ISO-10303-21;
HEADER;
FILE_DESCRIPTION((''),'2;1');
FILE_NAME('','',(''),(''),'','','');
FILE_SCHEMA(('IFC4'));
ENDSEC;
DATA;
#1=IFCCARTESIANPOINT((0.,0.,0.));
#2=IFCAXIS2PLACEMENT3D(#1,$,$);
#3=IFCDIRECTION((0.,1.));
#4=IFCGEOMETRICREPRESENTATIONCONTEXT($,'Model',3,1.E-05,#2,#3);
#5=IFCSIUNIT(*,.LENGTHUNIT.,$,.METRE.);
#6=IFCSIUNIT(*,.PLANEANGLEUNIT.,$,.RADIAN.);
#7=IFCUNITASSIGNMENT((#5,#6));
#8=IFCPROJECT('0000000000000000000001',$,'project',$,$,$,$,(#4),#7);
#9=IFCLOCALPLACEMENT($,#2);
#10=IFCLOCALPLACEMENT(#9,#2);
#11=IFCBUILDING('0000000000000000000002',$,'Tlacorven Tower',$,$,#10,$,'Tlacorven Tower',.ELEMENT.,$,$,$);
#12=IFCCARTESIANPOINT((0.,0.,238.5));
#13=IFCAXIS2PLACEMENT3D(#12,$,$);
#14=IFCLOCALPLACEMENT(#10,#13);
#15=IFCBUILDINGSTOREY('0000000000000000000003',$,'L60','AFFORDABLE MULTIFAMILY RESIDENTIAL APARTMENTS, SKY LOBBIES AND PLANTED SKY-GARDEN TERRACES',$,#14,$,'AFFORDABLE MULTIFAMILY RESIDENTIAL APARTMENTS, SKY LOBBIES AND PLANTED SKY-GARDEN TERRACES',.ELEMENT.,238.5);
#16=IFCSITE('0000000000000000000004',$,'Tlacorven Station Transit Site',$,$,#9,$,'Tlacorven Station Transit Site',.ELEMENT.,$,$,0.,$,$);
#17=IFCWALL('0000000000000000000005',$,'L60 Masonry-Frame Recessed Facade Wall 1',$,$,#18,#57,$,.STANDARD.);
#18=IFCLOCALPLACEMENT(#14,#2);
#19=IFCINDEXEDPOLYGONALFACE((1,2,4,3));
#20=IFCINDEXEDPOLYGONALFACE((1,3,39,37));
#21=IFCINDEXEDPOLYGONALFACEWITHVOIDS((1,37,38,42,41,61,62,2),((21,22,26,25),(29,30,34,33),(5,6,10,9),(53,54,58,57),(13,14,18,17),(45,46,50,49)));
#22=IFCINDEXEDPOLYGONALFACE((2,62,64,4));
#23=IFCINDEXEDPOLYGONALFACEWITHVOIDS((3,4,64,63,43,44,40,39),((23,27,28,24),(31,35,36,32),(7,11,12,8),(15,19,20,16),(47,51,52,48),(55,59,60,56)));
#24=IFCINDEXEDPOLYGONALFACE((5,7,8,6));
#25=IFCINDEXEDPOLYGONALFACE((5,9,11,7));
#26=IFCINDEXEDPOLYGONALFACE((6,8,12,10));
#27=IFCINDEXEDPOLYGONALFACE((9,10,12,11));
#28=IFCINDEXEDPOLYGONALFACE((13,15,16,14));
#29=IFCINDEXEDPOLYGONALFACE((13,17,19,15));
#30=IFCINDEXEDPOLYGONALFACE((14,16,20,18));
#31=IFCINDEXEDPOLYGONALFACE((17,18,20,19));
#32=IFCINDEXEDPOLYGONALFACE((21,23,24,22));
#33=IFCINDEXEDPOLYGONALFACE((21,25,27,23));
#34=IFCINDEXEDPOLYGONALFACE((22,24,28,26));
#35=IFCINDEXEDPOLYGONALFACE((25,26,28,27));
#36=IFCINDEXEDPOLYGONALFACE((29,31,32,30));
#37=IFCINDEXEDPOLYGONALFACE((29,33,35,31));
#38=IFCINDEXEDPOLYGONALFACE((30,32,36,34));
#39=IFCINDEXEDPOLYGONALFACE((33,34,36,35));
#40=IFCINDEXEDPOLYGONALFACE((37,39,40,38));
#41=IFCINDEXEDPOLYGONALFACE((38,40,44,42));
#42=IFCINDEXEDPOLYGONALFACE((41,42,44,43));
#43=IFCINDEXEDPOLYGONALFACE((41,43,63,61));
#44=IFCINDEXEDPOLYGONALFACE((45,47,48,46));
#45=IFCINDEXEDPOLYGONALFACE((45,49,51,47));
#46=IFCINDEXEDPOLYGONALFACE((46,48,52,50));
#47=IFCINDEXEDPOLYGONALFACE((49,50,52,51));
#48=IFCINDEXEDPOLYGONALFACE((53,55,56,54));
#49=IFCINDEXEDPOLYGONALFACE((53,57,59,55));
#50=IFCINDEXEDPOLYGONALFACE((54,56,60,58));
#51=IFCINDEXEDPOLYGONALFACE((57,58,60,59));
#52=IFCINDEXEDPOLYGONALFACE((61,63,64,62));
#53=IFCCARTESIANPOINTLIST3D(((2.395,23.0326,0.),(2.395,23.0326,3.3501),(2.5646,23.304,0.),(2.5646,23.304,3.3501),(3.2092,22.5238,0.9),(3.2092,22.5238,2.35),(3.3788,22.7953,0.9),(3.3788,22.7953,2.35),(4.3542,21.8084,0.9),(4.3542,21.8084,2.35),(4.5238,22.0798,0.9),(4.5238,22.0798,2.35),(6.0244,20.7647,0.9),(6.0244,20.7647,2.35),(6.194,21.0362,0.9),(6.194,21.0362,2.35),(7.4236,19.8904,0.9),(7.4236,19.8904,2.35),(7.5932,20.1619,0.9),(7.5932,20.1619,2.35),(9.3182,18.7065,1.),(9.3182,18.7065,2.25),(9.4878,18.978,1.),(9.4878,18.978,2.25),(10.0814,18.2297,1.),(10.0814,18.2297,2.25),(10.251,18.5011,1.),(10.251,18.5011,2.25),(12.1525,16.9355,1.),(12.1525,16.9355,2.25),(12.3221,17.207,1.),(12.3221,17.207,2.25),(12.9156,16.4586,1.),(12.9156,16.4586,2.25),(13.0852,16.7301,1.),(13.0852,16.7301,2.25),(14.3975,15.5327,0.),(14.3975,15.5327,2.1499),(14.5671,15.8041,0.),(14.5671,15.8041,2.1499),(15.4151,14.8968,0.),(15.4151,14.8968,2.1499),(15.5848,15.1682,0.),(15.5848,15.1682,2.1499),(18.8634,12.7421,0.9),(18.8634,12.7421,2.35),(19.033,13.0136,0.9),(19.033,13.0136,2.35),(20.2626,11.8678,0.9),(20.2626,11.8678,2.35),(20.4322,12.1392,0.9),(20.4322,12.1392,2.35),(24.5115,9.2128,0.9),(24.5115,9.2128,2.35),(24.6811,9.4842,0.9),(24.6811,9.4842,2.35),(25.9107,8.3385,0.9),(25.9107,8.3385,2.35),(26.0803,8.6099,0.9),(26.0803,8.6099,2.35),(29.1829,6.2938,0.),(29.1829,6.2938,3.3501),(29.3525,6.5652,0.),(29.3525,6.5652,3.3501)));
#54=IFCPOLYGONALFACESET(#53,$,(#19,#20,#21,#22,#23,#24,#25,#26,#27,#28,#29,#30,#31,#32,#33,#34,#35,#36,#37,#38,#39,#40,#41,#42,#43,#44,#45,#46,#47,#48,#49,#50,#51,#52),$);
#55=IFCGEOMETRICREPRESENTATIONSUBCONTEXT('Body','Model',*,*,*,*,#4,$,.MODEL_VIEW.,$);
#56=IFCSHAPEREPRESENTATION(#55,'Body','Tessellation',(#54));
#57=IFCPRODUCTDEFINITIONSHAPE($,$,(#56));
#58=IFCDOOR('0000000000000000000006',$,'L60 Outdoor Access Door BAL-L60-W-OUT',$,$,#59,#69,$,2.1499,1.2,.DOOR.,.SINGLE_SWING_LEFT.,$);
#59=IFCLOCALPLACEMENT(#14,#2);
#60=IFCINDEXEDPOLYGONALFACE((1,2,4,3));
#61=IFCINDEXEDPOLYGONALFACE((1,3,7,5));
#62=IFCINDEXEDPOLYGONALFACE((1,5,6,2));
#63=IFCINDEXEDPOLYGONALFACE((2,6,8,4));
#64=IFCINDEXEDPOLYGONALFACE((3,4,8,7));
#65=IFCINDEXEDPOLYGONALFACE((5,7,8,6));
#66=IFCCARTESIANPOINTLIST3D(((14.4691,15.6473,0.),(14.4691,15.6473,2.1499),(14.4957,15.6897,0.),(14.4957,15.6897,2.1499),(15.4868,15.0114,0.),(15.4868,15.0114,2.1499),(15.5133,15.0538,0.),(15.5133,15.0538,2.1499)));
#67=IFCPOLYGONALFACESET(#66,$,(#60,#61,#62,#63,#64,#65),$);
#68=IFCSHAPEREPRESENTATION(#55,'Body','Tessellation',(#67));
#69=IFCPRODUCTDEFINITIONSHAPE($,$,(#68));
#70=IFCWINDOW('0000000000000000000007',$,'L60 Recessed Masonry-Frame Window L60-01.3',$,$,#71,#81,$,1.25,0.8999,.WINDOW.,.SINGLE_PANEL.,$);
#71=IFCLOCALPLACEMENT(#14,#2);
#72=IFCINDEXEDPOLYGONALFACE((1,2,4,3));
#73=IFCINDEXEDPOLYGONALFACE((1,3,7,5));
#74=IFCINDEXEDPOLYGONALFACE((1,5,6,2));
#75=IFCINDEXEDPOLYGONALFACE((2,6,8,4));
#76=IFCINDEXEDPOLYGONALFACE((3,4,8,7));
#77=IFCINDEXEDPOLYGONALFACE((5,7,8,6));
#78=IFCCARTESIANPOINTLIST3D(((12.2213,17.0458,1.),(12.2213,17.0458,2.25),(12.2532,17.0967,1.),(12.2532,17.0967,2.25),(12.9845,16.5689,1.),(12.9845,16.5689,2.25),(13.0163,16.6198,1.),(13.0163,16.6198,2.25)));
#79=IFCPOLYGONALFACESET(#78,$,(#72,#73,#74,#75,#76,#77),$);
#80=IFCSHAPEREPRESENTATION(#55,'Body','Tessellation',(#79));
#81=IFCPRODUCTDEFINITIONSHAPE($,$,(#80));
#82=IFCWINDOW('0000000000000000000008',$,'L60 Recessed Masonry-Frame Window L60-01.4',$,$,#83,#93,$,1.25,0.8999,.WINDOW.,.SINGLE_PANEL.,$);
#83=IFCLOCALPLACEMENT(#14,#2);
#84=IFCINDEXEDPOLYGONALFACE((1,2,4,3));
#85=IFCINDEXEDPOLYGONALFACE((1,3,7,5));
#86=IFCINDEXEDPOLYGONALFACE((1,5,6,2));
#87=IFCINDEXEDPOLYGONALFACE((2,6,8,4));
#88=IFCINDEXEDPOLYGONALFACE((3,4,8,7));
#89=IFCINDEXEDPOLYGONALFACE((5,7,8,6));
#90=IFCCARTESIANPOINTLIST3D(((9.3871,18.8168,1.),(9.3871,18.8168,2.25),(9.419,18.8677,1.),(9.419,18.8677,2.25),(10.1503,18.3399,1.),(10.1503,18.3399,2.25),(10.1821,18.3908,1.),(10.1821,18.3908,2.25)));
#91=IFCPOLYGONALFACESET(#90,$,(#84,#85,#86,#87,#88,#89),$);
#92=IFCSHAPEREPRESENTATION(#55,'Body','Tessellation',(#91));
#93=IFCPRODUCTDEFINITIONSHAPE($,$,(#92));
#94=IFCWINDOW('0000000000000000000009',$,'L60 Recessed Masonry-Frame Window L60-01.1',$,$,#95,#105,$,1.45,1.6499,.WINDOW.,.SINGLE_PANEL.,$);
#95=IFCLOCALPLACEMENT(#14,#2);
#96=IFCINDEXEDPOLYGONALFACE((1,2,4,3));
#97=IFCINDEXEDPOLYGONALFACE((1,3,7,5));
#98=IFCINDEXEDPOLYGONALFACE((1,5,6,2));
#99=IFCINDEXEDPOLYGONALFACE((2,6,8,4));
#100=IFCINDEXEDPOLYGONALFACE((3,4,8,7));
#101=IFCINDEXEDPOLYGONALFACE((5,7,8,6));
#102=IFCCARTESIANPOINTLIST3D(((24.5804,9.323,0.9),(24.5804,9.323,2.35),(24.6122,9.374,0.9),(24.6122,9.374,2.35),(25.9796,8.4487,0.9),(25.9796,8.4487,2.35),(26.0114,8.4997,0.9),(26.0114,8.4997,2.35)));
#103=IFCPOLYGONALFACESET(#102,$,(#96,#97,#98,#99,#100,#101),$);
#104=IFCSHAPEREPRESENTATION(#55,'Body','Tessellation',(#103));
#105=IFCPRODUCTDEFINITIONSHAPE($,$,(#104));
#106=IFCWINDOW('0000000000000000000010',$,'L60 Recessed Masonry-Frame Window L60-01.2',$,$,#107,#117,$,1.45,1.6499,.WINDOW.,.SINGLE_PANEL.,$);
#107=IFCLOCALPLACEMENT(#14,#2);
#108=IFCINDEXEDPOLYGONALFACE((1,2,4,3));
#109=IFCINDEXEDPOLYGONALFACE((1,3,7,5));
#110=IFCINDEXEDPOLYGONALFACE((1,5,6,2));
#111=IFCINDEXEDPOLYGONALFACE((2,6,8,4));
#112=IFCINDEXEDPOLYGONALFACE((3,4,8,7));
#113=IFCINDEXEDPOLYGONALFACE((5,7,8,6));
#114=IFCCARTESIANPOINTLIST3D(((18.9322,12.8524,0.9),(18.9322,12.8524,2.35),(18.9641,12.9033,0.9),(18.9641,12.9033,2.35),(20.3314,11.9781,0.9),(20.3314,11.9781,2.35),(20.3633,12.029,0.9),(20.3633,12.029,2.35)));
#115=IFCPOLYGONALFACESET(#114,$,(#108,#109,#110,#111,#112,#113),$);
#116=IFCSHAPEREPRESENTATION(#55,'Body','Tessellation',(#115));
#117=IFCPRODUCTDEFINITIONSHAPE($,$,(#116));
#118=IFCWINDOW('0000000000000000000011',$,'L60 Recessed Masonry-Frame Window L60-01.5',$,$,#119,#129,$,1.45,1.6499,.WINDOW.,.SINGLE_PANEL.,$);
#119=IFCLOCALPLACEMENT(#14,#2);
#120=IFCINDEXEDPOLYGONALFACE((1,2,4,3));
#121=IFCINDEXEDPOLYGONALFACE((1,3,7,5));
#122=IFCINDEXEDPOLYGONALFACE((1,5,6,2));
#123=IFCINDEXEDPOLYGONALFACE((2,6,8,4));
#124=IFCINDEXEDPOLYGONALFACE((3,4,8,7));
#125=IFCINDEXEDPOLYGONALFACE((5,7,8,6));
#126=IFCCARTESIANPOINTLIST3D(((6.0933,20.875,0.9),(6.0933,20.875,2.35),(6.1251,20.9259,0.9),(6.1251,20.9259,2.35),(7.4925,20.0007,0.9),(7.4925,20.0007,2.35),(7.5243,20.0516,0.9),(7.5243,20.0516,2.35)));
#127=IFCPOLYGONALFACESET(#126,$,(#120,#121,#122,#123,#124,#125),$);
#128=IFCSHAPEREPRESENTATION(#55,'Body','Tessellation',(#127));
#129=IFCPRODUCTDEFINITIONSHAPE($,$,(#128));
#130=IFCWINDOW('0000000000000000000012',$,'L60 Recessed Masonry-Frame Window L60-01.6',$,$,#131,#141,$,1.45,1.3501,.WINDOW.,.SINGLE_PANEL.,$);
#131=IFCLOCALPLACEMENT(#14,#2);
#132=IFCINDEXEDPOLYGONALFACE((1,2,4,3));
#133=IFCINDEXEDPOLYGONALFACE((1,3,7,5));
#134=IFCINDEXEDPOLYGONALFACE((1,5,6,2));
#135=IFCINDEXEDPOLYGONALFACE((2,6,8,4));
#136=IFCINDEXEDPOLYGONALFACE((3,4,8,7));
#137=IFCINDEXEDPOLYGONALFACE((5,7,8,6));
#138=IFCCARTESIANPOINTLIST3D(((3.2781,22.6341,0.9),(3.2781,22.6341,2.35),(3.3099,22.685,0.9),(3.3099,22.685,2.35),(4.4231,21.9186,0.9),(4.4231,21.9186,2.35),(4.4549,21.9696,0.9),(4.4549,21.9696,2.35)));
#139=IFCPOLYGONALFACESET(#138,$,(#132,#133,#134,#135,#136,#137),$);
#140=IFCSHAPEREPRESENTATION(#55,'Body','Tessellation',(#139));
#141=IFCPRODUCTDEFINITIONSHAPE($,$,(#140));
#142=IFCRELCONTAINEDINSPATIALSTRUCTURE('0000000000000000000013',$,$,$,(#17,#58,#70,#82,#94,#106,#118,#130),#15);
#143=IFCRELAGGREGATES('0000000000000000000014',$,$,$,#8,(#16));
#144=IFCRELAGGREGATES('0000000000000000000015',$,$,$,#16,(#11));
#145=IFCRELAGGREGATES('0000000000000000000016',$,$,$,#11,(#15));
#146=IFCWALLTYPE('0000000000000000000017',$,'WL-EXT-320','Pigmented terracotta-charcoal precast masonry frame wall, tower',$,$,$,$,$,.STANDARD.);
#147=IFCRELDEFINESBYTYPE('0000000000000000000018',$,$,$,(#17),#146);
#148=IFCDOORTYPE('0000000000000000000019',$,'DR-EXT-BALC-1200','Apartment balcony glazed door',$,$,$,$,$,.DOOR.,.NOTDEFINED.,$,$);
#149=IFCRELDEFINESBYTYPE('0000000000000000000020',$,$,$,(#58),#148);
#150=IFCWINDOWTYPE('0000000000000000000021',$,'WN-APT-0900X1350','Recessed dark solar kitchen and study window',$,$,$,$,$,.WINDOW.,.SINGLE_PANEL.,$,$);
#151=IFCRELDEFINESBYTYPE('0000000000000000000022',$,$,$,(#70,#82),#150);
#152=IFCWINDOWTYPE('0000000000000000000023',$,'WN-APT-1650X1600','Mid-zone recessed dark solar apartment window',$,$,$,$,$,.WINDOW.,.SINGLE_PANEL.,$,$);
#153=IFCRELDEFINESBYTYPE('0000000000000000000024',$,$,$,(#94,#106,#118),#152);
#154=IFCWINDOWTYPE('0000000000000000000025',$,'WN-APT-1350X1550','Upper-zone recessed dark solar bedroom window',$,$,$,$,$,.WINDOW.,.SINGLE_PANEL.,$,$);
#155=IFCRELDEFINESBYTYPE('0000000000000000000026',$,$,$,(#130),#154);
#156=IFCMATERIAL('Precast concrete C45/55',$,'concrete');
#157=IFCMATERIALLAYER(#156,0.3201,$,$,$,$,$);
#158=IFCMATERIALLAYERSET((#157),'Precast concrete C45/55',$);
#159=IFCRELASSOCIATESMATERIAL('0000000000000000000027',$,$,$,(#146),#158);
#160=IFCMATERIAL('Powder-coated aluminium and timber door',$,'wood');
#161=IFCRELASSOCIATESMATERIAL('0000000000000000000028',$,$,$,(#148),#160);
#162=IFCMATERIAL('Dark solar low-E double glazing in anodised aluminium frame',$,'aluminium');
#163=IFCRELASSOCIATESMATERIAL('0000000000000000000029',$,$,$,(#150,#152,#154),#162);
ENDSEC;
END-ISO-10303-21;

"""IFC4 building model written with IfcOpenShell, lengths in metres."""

from ifc_helpers import new_model, si_unit, direction, frame, frame_2d, origin, place, context, subcontext, project, spatial, rectangle, extrude, source, transform, mapped, material, layer, layer_set, type_object, element, fill, save


model = new_model("IFC4")

# Units and contexts
model_context = context("Model", 3, precision=1e-05, world=origin(), true_north=direction((0.0, 1.0)))
body_context = subcontext(model_context, "Body", "Model", "MODEL_VIEW")
ifc_project = project(units=[si_unit("LENGTHUNIT", "METRE"), si_unit("PLANEANGLEUNIT", "RADIAN")], contexts=[model_context])

# Site, building, storey
site_placement = place(None, origin())
site = spatial("IfcSite", under=ifc_project, at=site_placement, Name="Tlacorven Station Transit Site", LongName="Tlacorven Station Transit Site", CompositionType="ELEMENT", RefElevation=0.0)
building_placement = place(site_placement, origin())
building = spatial("IfcBuilding", under=site, at=building_placement, Name="Tlacorven Tower", LongName="Tlacorven Tower", CompositionType="ELEMENT")
storey_placement = place(building_placement, frame((0.0, 0.0, 238.5)))
storey = spatial("IfcBuildingStorey", under=building, at=storey_placement, Name="L60", Description="AFFORDABLE MULTIFAMILY RESIDENTIAL APARTMENTS, SKY LOBBIES AND PLANTED SKY-GARDEN TERRACES", LongName="AFFORDABLE MULTIFAMILY RESIDENTIAL APARTMENTS, SKY LOBBIES AND PLANTED SKY-GARDEN TERRACES", CompositionType="ELEMENT", Elevation=238.5)

# Wall, openings, door, windows
ifc_material_1 = material(Name="Precast concrete C45/55", Category="concrete")
ifc_layer_1 = layer(ifc_material_1, 0.3201)
ifc_layer_set_1 = layer_set([ifc_layer_1], Name="Precast concrete C45/55")
wall_type_1 = type_object("IfcWallType", Name="WL-EXT-320", Description="Pigmented terracotta-charcoal precast masonry frame wall, tower", PredefinedType="STANDARD", material=ifc_layer_set_1)
wall_1_placement = place(storey_placement, frame((29.2678, 6.4294, 0.0), z_axis=(0.0, 0.0, 1.0), x_axis=(-0.84805, 0.529916, 0.0)))
wall_1 = element("IfcWall", 1, at=wall_1_placement, inside=storey, type_object=wall_type_1, Name="L60 Masonry-Frame Recessed Facade Wall 1", PredefinedType="STANDARD", context=body_context, shape_type="SweptSolid", body=[
    extrude(rectangle(XDim=31.5876, YDim=0.3201, at=frame_2d((15.7939, 0.0))), origin(), (0.0, 0.0, 1.0), 3.3501),
])
opening_1_placement = place(wall_1_placement, frame((16.2346, 0.0, 0.0)))
opening_1 = element("IfcOpeningElement", 2, at=opening_1_placement, cuts=wall_1, PredefinedType="OPENING", context=body_context, shape_type="SweptSolid", body=[
    extrude(rectangle(XDim=1.2, YDim=2.1499, at=frame_2d((0.6001, 1.075))), frame((0.0, 0.1699, 0.0), z_axis=(0.0, -1.0, 0.0), x_axis=(1.0, 0.0, 0.0)), (0.0, 0.0, 1.0), 0.3401),
])
opening_2_placement = place(wall_1_placement, frame((3.8586, 0.0, 0.8999)))
opening_2 = element("IfcOpeningElement", 3, at=opening_2_placement, cuts=wall_1, PredefinedType="OPENING", context=body_context, shape_type="SweptSolid", body=[
    extrude(rectangle(XDim=1.6499, YDim=1.45, at=frame_2d((0.825, 0.7251))), frame((0.0, 0.1699, 0.0), z_axis=(0.0, -1.0, 0.0), x_axis=(1.0, 0.0, 0.0)), (0.0, 0.0, 1.0), 0.3401),
])
opening_3_placement = place(wall_1_placement, frame((10.5188, 0.0, 0.8999)))
opening_3 = element("IfcOpeningElement", 4, at=opening_3_placement, cuts=wall_1, PredefinedType="OPENING", context=body_context, shape_type="SweptSolid", body=[
    extrude(rectangle(XDim=1.6499, YDim=1.45, at=frame_2d((0.825, 0.7251))), frame((0.0, 0.1699, 0.0), z_axis=(0.0, -1.0, 0.0), x_axis=(1.0, 0.0, 0.0)), (0.0, 0.0, 1.0), 0.3401),
])
opening_4_placement = place(wall_1_placement, frame((19.1821, 0.0, 1.0)))
opening_4 = element("IfcOpeningElement", 5, at=opening_4_placement, cuts=wall_1, PredefinedType="OPENING", context=body_context, shape_type="SweptSolid", body=[
    extrude(rectangle(XDim=0.8999, YDim=1.25, at=frame_2d((0.45, 0.625))), frame((0.0, 0.1699, 0.0), z_axis=(0.0, -1.0, 0.0), x_axis=(1.0, 0.0, 0.0)), (0.0, 0.0, 1.0), 0.3401),
])
opening_5_placement = place(wall_1_placement, frame((22.5242, 0.0, 1.0)))
opening_5 = element("IfcOpeningElement", 6, at=opening_5_placement, cuts=wall_1, PredefinedType="OPENING", context=body_context, shape_type="SweptSolid", body=[
    extrude(rectangle(XDim=0.8999, YDim=1.25, at=frame_2d((0.45, 0.625))), frame((0.0, 0.1699, 0.0), z_axis=(0.0, -1.0, 0.0), x_axis=(1.0, 0.0, 0.0)), (0.0, 0.0, 1.0), 0.3401),
])
opening_6_placement = place(wall_1_placement, frame((25.6582, 0.0, 0.8999)))
opening_6 = element("IfcOpeningElement", 7, at=opening_6_placement, cuts=wall_1, PredefinedType="OPENING", context=body_context, shape_type="SweptSolid", body=[
    extrude(rectangle(XDim=1.6499, YDim=1.45, at=frame_2d((0.825, 0.7251))), frame((0.0, 0.1699, 0.0), z_axis=(0.0, -1.0, 0.0), x_axis=(1.0, 0.0, 0.0)), (0.0, 0.0, 1.0), 0.3401),
])
opening_7_placement = place(wall_1_placement, frame((29.2776, 0.0, 0.8999)))
opening_7 = element("IfcOpeningElement", 8, at=opening_7_placement, cuts=wall_1, PredefinedType="OPENING", context=body_context, shape_type="SweptSolid", body=[
    extrude(rectangle(XDim=1.3501, YDim=1.45, at=frame_2d((0.675, 0.7251))), frame((0.0, 0.1699, 0.0), z_axis=(0.0, -1.0, 0.0), x_axis=(1.0, 0.0, 0.0)), (0.0, 0.0, 1.0), 0.3401),
])
ifc_material_2 = material(Name="Powder-coated aluminium and timber door", Category="wood")
door_type_1 = type_object("IfcDoorType", Name="DR-EXT-BALC-1200", Description="Apartment balcony glazed door", OperationType="NOTDEFINED", PredefinedType="DOOR", material=ifc_material_2)
shared_shape_1 = source(origin(), body_context, "Body", "SweptSolid", [
    extrude(rectangle(XDim=1.2, YDim=2.1499, at=frame_2d((0.6001, 1.075))), frame((0.0, 0.0249, 0.0), z_axis=(0.0, -1.0, 0.0), x_axis=(1.0, 0.0, 0.0)), (0.0, 0.0, 1.0), 0.05),
])
door_1_placement = place(opening_1_placement, origin())
door_1 = element("IfcDoor", 9, at=door_1_placement, inside=storey, type_object=door_type_1, Name="L60 Outdoor Access Door BAL-L60-W-OUT", OperationType="SINGLE_SWING_LEFT", OverallHeight=2.1499, OverallWidth=1.2, PredefinedType="DOOR", context=body_context, shape_type="MappedRepresentation", body=[
    mapped(shared_shape_1, transform((0.0, 0.0, 0.0), scale=1.0)),
])
fill(opening_1, door_1)
ifc_material_3 = material(Name="Dark solar low-E double glazing in anodised aluminium frame", Category="aluminium")
window_type_1 = type_object("IfcWindowType", Name="WN-APT-0900X1350", Description="Recessed dark solar kitchen and study window", PartitioningType="SINGLE_PANEL", PredefinedType="WINDOW", material=ifc_material_3)
shared_shape_2 = source(origin(), body_context, "Body", "SweptSolid", [
    extrude(rectangle(XDim=0.8999, YDim=1.25, at=frame_2d((0.45, 0.625))), frame((0.0, 0.03, 0.0), z_axis=(0.0, -1.0, 0.0), x_axis=(1.0, 0.0, 0.0)), (0.0, 0.0, 1.0), 0.0601),
])
window_1_placement = place(opening_4_placement, origin())
window_1 = element("IfcWindow", 10, at=window_1_placement, inside=storey, type_object=window_type_1, Name="L60 Recessed Masonry-Frame Window L60-01.3", OverallHeight=1.25, OverallWidth=0.8999, PartitioningType="SINGLE_PANEL", PredefinedType="WINDOW", context=body_context, shape_type="MappedRepresentation", body=[
    mapped(shared_shape_2, transform((0.0, 0.0, 0.0), scale=1.0)),
])
fill(opening_4, window_1)
window_2_placement = place(opening_5_placement, origin())
window_2 = element("IfcWindow", 11, at=window_2_placement, inside=storey, type_object=window_type_1, Name="L60 Recessed Masonry-Frame Window L60-01.4", OverallHeight=1.25, OverallWidth=0.8999, PartitioningType="SINGLE_PANEL", PredefinedType="WINDOW", context=body_context, shape_type="MappedRepresentation", body=[
    mapped(shared_shape_2, transform((0.0, 0.0, 0.0), scale=1.0)),
])
fill(opening_5, window_2)
window_type_2 = type_object("IfcWindowType", Name="WN-APT-1650X1600", Description="Mid-zone recessed dark solar apartment window", PartitioningType="SINGLE_PANEL", PredefinedType="WINDOW", material=ifc_material_3)
shared_shape_3 = source(origin(), body_context, "Body", "SweptSolid", [
    extrude(rectangle(XDim=1.6499, YDim=1.45, at=frame_2d((0.825, 0.7251))), frame((0.0, 0.03, 0.0), z_axis=(0.0, -1.0, 0.0), x_axis=(1.0, 0.0, 0.0)), (0.0, 0.0, 1.0), 0.0601),
])
window_3_placement = place(opening_2_placement, origin())
window_3 = element("IfcWindow", 12, at=window_3_placement, inside=storey, type_object=window_type_2, Name="L60 Recessed Masonry-Frame Window L60-01.1", OverallHeight=1.45, OverallWidth=1.6499, PartitioningType="SINGLE_PANEL", PredefinedType="WINDOW", context=body_context, shape_type="MappedRepresentation", body=[
    mapped(shared_shape_3, transform((0.0, 0.0, 0.0), scale=1.0)),
])
fill(opening_2, window_3)
window_4_placement = place(opening_3_placement, origin())
window_4 = element("IfcWindow", 13, at=window_4_placement, inside=storey, type_object=window_type_2, Name="L60 Recessed Masonry-Frame Window L60-01.2", OverallHeight=1.45, OverallWidth=1.6499, PartitioningType="SINGLE_PANEL", PredefinedType="WINDOW", context=body_context, shape_type="MappedRepresentation", body=[
    mapped(shared_shape_3, transform((0.0, 0.0, 0.0), scale=1.0)),
])
fill(opening_3, window_4)
window_5_placement = place(opening_6_placement, origin())
window_5 = element("IfcWindow", 14, at=window_5_placement, inside=storey, type_object=window_type_2, Name="L60 Recessed Masonry-Frame Window L60-01.5", OverallHeight=1.45, OverallWidth=1.6499, PartitioningType="SINGLE_PANEL", PredefinedType="WINDOW", context=body_context, shape_type="MappedRepresentation", body=[
    mapped(shared_shape_3, transform((0.0, 0.0, 0.0), scale=1.0)),
])
fill(opening_6, window_5)
window_type_3 = type_object("IfcWindowType", Name="WN-APT-1350X1550", Description="Upper-zone recessed dark solar bedroom window", PartitioningType="SINGLE_PANEL", PredefinedType="WINDOW", material=ifc_material_3)
shared_shape_4 = source(origin(), body_context, "Body", "SweptSolid", [
    extrude(rectangle(XDim=1.3501, YDim=1.45, at=frame_2d((0.675, 0.7251))), frame((0.0, 0.03, 0.0), z_axis=(0.0, -1.0, 0.0), x_axis=(1.0, 0.0, 0.0)), (0.0, 0.0, 1.0), 0.0601),
])
window_6_placement = place(opening_7_placement, origin())
window_6 = element("IfcWindow", 15, at=window_6_placement, inside=storey, type_object=window_type_3, Name="L60 Recessed Masonry-Frame Window L60-01.6", OverallHeight=1.45, OverallWidth=1.3501, PartitioningType="SINGLE_PANEL", PredefinedType="WINDOW", context=body_context, shape_type="MappedRepresentation", body=[
    mapped(shared_shape_4, transform((0.0, 0.0, 0.0), scale=1.0)),
])
fill(opening_7, window_6)

save(model, "model.ifc")
